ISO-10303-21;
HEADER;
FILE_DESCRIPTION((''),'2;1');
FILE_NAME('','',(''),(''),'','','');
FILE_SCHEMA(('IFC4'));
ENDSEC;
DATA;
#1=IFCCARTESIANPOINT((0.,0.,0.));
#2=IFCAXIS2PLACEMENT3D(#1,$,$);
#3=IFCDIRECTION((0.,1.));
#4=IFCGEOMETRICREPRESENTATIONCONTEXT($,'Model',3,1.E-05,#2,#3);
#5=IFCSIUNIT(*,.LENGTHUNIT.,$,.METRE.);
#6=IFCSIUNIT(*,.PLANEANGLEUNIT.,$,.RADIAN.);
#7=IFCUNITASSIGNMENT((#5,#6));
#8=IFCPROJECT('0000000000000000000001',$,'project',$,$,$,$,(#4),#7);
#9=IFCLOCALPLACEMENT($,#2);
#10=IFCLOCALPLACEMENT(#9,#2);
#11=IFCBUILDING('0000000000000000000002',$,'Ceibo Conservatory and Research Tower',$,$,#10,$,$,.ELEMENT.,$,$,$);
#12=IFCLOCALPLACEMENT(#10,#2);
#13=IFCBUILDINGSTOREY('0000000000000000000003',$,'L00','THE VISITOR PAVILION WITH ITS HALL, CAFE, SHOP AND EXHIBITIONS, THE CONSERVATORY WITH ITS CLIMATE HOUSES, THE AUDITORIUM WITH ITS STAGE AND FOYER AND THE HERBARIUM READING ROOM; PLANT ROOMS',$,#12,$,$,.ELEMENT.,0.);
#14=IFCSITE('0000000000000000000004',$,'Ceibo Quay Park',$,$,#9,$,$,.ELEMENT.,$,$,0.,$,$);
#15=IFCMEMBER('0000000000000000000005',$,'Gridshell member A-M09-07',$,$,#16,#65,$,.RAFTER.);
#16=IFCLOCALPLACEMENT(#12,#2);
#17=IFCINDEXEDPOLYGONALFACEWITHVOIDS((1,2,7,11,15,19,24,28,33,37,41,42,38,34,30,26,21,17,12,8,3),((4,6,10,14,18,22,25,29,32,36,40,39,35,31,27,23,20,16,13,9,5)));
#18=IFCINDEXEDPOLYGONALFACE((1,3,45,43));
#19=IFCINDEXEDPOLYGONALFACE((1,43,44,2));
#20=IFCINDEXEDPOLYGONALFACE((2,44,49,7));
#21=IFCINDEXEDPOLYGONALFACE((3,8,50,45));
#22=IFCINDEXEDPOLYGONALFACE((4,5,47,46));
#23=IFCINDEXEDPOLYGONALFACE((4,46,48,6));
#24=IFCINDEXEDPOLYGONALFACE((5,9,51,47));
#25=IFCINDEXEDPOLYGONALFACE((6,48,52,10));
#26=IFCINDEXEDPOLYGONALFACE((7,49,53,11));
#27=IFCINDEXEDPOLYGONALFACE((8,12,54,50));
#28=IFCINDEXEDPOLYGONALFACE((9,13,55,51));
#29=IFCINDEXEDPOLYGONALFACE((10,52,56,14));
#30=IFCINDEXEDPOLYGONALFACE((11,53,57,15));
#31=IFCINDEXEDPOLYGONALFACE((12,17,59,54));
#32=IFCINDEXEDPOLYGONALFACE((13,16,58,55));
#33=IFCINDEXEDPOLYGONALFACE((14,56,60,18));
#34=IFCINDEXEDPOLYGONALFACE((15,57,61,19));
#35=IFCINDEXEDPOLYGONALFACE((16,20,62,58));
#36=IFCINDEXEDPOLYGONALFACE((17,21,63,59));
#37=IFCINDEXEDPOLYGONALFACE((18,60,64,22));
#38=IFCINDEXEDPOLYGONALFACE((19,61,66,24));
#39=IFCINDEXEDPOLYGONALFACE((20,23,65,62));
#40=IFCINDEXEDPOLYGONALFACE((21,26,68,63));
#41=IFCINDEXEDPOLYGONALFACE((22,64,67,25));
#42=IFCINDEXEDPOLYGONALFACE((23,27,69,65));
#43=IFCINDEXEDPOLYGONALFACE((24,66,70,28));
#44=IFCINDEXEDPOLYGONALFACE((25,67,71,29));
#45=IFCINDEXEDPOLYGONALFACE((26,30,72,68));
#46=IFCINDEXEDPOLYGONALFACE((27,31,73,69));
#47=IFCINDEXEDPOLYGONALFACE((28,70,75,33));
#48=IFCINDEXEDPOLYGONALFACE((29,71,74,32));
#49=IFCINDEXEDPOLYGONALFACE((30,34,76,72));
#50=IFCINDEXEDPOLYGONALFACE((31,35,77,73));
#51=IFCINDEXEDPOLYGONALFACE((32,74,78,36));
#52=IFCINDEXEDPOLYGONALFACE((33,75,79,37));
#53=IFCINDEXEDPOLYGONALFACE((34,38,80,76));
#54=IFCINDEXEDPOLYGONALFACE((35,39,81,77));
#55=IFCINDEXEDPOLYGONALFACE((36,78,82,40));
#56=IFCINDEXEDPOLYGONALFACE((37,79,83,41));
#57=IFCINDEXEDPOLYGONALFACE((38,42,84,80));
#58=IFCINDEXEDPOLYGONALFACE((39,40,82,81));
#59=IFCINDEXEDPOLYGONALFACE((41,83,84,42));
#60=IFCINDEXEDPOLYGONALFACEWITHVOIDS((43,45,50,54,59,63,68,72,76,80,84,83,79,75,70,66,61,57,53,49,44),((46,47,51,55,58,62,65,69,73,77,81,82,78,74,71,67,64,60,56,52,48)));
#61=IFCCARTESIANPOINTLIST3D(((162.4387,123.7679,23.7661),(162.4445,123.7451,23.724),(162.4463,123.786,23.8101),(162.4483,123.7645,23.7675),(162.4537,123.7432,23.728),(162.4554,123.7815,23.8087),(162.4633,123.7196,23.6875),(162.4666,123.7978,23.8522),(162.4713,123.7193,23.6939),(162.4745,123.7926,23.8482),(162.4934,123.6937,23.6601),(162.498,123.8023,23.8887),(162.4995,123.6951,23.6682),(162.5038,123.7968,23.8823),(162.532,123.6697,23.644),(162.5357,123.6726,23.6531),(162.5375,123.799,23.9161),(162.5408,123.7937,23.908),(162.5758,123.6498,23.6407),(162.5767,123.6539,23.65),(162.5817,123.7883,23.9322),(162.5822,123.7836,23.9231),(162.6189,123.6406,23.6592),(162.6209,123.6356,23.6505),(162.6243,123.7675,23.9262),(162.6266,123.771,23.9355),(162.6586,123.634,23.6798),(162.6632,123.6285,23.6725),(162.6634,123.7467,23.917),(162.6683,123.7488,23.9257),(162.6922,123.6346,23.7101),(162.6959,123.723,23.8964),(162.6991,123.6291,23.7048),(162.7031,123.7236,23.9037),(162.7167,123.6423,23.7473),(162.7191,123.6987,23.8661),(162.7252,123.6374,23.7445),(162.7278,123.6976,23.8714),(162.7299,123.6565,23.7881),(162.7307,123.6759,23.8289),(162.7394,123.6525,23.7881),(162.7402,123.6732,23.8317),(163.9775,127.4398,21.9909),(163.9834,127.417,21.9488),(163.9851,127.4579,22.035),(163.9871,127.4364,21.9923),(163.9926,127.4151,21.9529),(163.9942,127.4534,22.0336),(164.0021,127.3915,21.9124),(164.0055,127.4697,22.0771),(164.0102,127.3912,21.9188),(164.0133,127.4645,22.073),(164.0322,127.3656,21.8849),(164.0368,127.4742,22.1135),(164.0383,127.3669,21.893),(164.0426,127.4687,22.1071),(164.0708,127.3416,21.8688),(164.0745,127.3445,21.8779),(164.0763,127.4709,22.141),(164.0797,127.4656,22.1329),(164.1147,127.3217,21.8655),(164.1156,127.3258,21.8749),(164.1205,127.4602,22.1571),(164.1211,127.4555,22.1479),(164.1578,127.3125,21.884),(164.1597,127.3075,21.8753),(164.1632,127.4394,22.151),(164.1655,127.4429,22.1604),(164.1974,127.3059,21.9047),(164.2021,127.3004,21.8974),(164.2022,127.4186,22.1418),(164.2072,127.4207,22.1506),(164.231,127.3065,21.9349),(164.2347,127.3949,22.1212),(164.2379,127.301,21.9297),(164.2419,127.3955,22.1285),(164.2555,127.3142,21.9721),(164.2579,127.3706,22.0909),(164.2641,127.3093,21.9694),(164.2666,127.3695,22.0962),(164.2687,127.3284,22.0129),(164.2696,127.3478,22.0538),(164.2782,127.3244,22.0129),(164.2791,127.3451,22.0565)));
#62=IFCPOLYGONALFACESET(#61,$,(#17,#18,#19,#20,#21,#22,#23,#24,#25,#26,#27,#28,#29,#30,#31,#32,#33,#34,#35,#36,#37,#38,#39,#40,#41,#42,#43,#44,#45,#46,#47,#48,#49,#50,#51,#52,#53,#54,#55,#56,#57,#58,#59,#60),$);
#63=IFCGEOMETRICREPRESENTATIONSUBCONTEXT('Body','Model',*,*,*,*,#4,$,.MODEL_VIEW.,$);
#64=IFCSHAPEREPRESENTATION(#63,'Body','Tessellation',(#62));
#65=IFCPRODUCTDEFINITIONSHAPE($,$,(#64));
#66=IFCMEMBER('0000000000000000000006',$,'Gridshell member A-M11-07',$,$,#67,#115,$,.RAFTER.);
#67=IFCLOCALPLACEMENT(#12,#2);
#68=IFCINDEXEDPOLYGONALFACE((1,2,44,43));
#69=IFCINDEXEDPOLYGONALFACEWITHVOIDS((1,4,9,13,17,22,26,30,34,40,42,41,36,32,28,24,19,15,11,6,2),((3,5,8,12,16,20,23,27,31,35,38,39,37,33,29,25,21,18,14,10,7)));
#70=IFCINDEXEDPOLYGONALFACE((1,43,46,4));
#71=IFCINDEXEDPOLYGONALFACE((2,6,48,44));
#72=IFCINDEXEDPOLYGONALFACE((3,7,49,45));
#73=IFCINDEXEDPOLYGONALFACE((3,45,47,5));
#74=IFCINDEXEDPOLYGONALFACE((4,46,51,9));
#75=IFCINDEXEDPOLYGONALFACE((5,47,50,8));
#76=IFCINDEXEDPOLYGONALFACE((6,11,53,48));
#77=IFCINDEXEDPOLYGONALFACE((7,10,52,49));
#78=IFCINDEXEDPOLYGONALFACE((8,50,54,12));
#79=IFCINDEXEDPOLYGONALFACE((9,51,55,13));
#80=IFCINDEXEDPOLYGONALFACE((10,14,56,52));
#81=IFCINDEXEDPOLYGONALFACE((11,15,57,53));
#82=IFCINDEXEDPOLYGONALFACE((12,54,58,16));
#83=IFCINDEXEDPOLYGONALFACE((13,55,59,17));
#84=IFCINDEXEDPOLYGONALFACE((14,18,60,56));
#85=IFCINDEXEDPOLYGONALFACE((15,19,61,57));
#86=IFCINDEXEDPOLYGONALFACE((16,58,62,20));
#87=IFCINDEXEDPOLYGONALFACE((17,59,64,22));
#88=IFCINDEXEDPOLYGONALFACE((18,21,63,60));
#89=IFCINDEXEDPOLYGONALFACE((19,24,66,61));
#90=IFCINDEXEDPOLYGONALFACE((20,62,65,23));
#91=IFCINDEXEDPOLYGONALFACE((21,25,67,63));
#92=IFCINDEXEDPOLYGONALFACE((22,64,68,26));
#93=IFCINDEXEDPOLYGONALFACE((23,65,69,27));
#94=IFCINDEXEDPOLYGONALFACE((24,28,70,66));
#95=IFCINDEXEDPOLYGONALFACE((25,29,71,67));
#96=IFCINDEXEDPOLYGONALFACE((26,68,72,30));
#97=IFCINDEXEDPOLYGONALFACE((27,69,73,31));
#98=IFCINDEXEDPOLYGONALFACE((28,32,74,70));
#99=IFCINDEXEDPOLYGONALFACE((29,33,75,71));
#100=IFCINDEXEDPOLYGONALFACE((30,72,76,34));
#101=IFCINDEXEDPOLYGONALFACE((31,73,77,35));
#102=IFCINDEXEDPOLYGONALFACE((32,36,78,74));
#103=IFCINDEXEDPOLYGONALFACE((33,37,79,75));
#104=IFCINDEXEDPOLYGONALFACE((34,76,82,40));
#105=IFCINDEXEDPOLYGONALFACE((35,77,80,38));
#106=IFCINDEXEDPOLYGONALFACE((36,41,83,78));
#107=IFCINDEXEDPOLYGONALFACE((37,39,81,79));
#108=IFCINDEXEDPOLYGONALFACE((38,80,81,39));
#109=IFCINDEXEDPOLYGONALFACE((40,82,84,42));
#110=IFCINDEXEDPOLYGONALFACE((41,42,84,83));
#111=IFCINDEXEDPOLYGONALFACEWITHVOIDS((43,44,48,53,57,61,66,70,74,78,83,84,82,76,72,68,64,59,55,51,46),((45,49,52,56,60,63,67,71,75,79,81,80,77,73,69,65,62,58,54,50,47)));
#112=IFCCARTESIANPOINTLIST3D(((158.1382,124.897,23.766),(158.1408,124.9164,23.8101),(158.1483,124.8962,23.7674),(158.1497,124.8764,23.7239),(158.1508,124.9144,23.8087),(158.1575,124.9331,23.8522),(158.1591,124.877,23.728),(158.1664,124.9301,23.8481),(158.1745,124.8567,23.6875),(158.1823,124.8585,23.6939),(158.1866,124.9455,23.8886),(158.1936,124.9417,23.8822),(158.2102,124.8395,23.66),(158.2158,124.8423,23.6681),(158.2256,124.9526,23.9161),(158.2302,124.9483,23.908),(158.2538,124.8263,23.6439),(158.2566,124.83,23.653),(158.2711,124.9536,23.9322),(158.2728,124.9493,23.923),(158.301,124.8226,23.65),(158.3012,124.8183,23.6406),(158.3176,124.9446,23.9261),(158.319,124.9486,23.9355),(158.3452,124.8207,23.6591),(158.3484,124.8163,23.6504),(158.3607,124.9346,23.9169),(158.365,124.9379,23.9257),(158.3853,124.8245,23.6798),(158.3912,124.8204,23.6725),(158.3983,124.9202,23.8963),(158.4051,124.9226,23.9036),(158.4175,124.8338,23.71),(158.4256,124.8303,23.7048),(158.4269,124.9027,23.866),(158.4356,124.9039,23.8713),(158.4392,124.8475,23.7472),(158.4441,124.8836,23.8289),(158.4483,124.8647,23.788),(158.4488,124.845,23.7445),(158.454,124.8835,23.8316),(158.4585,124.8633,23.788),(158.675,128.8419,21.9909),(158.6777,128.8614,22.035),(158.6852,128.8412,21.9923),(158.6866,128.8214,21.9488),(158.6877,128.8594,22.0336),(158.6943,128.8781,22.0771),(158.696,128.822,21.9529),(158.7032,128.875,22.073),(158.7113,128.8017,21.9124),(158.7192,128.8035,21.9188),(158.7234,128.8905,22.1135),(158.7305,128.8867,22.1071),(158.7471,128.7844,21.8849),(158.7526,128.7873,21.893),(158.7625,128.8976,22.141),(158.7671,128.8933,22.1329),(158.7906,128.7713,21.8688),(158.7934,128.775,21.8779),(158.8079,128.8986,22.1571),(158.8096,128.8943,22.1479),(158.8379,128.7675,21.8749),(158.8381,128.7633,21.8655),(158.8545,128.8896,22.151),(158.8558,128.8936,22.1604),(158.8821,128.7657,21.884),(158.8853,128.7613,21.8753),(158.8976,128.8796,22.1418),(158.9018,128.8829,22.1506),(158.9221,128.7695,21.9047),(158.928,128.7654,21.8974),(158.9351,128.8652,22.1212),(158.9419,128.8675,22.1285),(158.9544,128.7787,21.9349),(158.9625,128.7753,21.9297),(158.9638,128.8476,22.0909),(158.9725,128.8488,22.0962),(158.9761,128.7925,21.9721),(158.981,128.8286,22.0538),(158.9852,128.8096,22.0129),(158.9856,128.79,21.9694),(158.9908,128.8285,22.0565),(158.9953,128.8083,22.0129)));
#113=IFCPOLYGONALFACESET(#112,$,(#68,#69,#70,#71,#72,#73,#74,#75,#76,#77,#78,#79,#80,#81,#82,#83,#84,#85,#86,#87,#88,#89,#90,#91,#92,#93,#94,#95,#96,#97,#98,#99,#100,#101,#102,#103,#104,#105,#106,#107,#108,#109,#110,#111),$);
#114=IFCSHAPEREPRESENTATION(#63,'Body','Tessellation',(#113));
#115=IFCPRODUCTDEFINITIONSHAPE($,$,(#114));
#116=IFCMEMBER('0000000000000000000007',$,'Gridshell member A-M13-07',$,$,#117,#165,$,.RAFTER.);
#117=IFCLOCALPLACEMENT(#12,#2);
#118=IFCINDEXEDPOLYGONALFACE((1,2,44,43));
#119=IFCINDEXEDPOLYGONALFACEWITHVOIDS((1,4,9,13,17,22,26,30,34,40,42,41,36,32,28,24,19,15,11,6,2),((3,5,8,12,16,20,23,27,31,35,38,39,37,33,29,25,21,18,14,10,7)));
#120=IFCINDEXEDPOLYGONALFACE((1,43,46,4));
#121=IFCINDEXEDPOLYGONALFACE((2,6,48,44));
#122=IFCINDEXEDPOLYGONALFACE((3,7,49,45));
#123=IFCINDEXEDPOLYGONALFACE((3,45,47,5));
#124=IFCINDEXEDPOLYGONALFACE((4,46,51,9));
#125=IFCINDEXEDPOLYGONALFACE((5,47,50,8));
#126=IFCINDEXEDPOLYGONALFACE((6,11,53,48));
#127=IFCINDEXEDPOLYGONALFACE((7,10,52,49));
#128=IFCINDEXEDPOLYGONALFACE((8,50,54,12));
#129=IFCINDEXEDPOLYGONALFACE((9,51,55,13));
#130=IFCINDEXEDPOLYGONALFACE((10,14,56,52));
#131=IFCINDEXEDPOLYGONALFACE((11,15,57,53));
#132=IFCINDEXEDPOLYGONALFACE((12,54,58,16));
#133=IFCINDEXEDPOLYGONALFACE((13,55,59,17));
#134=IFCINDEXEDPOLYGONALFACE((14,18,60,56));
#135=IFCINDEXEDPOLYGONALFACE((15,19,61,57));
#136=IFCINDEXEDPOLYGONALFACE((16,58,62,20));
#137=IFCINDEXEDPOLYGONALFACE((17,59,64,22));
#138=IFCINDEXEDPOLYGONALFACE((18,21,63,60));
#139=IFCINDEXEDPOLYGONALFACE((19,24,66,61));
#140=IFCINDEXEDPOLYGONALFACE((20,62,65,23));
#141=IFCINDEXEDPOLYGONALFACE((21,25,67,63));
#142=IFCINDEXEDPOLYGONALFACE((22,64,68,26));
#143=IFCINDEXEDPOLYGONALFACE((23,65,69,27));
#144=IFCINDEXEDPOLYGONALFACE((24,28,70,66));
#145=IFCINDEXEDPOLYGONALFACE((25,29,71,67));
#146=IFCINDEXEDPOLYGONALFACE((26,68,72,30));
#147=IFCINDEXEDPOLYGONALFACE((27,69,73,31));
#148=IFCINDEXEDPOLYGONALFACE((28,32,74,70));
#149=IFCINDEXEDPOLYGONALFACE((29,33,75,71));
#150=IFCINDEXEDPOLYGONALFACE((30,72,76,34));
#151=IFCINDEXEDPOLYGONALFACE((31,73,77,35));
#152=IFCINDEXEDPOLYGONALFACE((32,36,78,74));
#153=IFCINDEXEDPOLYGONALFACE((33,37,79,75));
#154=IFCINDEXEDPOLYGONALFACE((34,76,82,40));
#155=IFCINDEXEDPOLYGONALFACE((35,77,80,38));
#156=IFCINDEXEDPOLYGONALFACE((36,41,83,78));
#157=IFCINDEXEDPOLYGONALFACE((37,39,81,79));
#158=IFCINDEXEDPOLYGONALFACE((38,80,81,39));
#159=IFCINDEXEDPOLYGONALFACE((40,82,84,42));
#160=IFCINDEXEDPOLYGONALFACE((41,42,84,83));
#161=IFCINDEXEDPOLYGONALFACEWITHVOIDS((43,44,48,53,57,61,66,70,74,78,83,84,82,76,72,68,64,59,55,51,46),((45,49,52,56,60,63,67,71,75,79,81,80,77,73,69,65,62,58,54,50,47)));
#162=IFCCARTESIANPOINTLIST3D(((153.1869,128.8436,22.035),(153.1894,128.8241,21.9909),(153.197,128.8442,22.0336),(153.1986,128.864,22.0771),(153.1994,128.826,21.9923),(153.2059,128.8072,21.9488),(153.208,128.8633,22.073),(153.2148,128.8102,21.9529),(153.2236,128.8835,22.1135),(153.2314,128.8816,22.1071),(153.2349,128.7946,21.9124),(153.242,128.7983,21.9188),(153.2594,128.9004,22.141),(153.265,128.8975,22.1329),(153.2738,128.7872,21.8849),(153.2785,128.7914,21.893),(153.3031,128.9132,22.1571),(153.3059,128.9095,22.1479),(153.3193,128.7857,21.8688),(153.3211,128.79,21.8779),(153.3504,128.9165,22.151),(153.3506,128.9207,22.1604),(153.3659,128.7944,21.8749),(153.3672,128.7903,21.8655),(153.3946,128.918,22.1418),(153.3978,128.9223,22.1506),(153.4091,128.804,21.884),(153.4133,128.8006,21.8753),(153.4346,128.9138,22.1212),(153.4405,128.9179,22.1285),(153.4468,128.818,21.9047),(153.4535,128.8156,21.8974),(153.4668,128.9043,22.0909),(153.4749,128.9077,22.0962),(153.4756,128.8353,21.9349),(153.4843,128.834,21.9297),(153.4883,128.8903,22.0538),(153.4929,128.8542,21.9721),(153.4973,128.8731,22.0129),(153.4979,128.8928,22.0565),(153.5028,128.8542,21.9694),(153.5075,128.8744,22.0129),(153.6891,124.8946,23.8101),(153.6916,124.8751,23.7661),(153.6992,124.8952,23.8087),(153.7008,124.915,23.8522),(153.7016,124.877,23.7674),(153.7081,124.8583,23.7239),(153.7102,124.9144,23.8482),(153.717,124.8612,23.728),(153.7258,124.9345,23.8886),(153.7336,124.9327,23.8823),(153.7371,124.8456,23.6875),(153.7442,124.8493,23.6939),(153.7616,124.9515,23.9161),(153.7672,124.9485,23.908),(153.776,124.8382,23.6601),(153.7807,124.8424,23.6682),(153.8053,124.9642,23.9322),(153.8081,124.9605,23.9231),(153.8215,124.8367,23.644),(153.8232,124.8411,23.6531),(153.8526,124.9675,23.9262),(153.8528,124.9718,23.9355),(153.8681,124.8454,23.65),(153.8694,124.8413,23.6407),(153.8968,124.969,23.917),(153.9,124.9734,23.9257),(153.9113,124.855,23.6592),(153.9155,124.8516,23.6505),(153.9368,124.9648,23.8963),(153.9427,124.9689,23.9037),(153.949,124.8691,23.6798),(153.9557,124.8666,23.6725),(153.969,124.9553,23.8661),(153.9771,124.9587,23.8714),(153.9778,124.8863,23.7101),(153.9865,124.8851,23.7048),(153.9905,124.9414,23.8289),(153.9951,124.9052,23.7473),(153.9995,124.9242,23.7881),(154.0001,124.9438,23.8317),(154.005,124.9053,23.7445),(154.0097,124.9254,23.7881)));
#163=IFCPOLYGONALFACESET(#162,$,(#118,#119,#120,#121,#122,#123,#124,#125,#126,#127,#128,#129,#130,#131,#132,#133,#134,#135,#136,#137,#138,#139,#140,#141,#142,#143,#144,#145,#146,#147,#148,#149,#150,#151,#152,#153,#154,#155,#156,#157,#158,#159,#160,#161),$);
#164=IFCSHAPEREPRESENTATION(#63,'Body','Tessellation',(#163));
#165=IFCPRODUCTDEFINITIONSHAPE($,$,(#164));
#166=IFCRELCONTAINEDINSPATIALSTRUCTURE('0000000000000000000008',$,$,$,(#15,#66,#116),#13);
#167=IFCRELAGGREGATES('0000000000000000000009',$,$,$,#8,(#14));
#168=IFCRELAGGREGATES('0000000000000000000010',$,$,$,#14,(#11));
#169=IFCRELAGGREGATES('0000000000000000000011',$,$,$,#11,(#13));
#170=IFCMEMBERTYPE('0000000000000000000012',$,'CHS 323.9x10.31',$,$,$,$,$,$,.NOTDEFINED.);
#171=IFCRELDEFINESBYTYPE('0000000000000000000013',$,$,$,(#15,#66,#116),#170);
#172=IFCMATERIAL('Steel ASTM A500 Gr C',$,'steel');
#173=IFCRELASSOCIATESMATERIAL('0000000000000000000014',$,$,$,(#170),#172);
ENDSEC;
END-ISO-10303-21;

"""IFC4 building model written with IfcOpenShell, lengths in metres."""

from ifc_helpers import new_model, si_unit, direction, frame, origin, origin_2d, place, context, subcontext, project, spatial, hollow_circle, extrude, material, material_profile, profile_set, type_object, element, save


model = new_model("IFC4")

# Units and contexts
model_context = context("Model", 3, precision=1e-05, world=origin(), true_north=direction((0.0, 1.0)))
body_context = subcontext(model_context, "Body", "Model", "MODEL_VIEW")
ifc_project = project(units=[si_unit("LENGTHUNIT", "METRE"), si_unit("PLANEANGLEUNIT", "RADIAN")], contexts=[model_context])

# Site, building, storey
site_placement = place(None, origin())
site = spatial("IfcSite", under=ifc_project, at=site_placement, Name="Ceibo Quay Park", CompositionType="ELEMENT", RefElevation=0.0)
building_placement = place(site_placement, origin())
building = spatial("IfcBuilding", under=site, at=building_placement, Name="Ceibo Conservatory and Research Tower", CompositionType="ELEMENT")
storey_placement = place(building_placement, origin())
storey = spatial("IfcBuildingStorey", under=building, at=storey_placement, Name="L00", Description="THE VISITOR PAVILION WITH ITS HALL, CAFE, SHOP AND EXHIBITIONS, THE CONSERVATORY WITH ITS CLIMATE HOUSES, THE AUDITORIUM WITH ITS STAGE AND FOYER AND THE HERBARIUM READING ROOM; PLANT ROOMS", CompositionType="ELEMENT", Elevation=0.0)

# Members
ifc_material_1 = material(Name="Steel ASTM A500 Gr C", Category="steel")
ifc_material_profile_1 = material_profile(ifc_material_1, hollow_circle(Radius=0.1619, WallThickness=0.0103, at=origin_2d()), Name="CHS 323.9x10.31")
ifc_profile_set_1 = profile_set([ifc_material_profile_1], Name="Steel ASTM A500 Gr C")
member_type_1 = type_object("IfcMemberType", Name="CHS 323.9x10.31", PredefinedType="NOTDEFINED", material=ifc_profile_set_1)
for number, where, z_axis, x_axis, name in (
    (1, (164.1289, 127.387, 22.0129), (-0.353013, -0.842347, 0.407228), (0.922284, -0.386513, 0.0), "Gridshell member A-M09-07"),
    (2, (158.835, 128.8301, 22.0129), (-0.123156, -0.904991, 0.407215), (0.990867, -0.134842, 0.0), "Gridshell member A-M11-07"),
):
    element("IfcMember", number, at=place(storey_placement, frame(where, z_axis=z_axis, x_axis=x_axis)), inside=storey, type_object=member_type_1, Name=name, PredefinedType="RAFTER", context=body_context, shape_type="SweptSolid", body=[
        extrude(hollow_circle(Radius=0.1619, WallThickness=0.0103, at=origin_2d()), origin(), (0.0, 0.0, 1.0), 4.3591),
    ])
member_1_placement = place(storey_placement, frame((153.3469, 128.854, 22.0129), z_axis=(0.115219, -0.906011, 0.407271), x_axis=(0.99201, 0.126156, 0.0)))
element("IfcMember", 3, at=member_1_placement, inside=storey, type_object=member_type_1, Name="Gridshell member A-M13-07", PredefinedType="RAFTER", context=body_context, shape_type="SweptSolid", body=[
    extrude(hollow_circle(Radius=0.1619, WallThickness=0.0103, at=origin_2d()), origin(), (0.0, 0.0, 1.0), 4.3586),
])

save(model, "model.ifc")
